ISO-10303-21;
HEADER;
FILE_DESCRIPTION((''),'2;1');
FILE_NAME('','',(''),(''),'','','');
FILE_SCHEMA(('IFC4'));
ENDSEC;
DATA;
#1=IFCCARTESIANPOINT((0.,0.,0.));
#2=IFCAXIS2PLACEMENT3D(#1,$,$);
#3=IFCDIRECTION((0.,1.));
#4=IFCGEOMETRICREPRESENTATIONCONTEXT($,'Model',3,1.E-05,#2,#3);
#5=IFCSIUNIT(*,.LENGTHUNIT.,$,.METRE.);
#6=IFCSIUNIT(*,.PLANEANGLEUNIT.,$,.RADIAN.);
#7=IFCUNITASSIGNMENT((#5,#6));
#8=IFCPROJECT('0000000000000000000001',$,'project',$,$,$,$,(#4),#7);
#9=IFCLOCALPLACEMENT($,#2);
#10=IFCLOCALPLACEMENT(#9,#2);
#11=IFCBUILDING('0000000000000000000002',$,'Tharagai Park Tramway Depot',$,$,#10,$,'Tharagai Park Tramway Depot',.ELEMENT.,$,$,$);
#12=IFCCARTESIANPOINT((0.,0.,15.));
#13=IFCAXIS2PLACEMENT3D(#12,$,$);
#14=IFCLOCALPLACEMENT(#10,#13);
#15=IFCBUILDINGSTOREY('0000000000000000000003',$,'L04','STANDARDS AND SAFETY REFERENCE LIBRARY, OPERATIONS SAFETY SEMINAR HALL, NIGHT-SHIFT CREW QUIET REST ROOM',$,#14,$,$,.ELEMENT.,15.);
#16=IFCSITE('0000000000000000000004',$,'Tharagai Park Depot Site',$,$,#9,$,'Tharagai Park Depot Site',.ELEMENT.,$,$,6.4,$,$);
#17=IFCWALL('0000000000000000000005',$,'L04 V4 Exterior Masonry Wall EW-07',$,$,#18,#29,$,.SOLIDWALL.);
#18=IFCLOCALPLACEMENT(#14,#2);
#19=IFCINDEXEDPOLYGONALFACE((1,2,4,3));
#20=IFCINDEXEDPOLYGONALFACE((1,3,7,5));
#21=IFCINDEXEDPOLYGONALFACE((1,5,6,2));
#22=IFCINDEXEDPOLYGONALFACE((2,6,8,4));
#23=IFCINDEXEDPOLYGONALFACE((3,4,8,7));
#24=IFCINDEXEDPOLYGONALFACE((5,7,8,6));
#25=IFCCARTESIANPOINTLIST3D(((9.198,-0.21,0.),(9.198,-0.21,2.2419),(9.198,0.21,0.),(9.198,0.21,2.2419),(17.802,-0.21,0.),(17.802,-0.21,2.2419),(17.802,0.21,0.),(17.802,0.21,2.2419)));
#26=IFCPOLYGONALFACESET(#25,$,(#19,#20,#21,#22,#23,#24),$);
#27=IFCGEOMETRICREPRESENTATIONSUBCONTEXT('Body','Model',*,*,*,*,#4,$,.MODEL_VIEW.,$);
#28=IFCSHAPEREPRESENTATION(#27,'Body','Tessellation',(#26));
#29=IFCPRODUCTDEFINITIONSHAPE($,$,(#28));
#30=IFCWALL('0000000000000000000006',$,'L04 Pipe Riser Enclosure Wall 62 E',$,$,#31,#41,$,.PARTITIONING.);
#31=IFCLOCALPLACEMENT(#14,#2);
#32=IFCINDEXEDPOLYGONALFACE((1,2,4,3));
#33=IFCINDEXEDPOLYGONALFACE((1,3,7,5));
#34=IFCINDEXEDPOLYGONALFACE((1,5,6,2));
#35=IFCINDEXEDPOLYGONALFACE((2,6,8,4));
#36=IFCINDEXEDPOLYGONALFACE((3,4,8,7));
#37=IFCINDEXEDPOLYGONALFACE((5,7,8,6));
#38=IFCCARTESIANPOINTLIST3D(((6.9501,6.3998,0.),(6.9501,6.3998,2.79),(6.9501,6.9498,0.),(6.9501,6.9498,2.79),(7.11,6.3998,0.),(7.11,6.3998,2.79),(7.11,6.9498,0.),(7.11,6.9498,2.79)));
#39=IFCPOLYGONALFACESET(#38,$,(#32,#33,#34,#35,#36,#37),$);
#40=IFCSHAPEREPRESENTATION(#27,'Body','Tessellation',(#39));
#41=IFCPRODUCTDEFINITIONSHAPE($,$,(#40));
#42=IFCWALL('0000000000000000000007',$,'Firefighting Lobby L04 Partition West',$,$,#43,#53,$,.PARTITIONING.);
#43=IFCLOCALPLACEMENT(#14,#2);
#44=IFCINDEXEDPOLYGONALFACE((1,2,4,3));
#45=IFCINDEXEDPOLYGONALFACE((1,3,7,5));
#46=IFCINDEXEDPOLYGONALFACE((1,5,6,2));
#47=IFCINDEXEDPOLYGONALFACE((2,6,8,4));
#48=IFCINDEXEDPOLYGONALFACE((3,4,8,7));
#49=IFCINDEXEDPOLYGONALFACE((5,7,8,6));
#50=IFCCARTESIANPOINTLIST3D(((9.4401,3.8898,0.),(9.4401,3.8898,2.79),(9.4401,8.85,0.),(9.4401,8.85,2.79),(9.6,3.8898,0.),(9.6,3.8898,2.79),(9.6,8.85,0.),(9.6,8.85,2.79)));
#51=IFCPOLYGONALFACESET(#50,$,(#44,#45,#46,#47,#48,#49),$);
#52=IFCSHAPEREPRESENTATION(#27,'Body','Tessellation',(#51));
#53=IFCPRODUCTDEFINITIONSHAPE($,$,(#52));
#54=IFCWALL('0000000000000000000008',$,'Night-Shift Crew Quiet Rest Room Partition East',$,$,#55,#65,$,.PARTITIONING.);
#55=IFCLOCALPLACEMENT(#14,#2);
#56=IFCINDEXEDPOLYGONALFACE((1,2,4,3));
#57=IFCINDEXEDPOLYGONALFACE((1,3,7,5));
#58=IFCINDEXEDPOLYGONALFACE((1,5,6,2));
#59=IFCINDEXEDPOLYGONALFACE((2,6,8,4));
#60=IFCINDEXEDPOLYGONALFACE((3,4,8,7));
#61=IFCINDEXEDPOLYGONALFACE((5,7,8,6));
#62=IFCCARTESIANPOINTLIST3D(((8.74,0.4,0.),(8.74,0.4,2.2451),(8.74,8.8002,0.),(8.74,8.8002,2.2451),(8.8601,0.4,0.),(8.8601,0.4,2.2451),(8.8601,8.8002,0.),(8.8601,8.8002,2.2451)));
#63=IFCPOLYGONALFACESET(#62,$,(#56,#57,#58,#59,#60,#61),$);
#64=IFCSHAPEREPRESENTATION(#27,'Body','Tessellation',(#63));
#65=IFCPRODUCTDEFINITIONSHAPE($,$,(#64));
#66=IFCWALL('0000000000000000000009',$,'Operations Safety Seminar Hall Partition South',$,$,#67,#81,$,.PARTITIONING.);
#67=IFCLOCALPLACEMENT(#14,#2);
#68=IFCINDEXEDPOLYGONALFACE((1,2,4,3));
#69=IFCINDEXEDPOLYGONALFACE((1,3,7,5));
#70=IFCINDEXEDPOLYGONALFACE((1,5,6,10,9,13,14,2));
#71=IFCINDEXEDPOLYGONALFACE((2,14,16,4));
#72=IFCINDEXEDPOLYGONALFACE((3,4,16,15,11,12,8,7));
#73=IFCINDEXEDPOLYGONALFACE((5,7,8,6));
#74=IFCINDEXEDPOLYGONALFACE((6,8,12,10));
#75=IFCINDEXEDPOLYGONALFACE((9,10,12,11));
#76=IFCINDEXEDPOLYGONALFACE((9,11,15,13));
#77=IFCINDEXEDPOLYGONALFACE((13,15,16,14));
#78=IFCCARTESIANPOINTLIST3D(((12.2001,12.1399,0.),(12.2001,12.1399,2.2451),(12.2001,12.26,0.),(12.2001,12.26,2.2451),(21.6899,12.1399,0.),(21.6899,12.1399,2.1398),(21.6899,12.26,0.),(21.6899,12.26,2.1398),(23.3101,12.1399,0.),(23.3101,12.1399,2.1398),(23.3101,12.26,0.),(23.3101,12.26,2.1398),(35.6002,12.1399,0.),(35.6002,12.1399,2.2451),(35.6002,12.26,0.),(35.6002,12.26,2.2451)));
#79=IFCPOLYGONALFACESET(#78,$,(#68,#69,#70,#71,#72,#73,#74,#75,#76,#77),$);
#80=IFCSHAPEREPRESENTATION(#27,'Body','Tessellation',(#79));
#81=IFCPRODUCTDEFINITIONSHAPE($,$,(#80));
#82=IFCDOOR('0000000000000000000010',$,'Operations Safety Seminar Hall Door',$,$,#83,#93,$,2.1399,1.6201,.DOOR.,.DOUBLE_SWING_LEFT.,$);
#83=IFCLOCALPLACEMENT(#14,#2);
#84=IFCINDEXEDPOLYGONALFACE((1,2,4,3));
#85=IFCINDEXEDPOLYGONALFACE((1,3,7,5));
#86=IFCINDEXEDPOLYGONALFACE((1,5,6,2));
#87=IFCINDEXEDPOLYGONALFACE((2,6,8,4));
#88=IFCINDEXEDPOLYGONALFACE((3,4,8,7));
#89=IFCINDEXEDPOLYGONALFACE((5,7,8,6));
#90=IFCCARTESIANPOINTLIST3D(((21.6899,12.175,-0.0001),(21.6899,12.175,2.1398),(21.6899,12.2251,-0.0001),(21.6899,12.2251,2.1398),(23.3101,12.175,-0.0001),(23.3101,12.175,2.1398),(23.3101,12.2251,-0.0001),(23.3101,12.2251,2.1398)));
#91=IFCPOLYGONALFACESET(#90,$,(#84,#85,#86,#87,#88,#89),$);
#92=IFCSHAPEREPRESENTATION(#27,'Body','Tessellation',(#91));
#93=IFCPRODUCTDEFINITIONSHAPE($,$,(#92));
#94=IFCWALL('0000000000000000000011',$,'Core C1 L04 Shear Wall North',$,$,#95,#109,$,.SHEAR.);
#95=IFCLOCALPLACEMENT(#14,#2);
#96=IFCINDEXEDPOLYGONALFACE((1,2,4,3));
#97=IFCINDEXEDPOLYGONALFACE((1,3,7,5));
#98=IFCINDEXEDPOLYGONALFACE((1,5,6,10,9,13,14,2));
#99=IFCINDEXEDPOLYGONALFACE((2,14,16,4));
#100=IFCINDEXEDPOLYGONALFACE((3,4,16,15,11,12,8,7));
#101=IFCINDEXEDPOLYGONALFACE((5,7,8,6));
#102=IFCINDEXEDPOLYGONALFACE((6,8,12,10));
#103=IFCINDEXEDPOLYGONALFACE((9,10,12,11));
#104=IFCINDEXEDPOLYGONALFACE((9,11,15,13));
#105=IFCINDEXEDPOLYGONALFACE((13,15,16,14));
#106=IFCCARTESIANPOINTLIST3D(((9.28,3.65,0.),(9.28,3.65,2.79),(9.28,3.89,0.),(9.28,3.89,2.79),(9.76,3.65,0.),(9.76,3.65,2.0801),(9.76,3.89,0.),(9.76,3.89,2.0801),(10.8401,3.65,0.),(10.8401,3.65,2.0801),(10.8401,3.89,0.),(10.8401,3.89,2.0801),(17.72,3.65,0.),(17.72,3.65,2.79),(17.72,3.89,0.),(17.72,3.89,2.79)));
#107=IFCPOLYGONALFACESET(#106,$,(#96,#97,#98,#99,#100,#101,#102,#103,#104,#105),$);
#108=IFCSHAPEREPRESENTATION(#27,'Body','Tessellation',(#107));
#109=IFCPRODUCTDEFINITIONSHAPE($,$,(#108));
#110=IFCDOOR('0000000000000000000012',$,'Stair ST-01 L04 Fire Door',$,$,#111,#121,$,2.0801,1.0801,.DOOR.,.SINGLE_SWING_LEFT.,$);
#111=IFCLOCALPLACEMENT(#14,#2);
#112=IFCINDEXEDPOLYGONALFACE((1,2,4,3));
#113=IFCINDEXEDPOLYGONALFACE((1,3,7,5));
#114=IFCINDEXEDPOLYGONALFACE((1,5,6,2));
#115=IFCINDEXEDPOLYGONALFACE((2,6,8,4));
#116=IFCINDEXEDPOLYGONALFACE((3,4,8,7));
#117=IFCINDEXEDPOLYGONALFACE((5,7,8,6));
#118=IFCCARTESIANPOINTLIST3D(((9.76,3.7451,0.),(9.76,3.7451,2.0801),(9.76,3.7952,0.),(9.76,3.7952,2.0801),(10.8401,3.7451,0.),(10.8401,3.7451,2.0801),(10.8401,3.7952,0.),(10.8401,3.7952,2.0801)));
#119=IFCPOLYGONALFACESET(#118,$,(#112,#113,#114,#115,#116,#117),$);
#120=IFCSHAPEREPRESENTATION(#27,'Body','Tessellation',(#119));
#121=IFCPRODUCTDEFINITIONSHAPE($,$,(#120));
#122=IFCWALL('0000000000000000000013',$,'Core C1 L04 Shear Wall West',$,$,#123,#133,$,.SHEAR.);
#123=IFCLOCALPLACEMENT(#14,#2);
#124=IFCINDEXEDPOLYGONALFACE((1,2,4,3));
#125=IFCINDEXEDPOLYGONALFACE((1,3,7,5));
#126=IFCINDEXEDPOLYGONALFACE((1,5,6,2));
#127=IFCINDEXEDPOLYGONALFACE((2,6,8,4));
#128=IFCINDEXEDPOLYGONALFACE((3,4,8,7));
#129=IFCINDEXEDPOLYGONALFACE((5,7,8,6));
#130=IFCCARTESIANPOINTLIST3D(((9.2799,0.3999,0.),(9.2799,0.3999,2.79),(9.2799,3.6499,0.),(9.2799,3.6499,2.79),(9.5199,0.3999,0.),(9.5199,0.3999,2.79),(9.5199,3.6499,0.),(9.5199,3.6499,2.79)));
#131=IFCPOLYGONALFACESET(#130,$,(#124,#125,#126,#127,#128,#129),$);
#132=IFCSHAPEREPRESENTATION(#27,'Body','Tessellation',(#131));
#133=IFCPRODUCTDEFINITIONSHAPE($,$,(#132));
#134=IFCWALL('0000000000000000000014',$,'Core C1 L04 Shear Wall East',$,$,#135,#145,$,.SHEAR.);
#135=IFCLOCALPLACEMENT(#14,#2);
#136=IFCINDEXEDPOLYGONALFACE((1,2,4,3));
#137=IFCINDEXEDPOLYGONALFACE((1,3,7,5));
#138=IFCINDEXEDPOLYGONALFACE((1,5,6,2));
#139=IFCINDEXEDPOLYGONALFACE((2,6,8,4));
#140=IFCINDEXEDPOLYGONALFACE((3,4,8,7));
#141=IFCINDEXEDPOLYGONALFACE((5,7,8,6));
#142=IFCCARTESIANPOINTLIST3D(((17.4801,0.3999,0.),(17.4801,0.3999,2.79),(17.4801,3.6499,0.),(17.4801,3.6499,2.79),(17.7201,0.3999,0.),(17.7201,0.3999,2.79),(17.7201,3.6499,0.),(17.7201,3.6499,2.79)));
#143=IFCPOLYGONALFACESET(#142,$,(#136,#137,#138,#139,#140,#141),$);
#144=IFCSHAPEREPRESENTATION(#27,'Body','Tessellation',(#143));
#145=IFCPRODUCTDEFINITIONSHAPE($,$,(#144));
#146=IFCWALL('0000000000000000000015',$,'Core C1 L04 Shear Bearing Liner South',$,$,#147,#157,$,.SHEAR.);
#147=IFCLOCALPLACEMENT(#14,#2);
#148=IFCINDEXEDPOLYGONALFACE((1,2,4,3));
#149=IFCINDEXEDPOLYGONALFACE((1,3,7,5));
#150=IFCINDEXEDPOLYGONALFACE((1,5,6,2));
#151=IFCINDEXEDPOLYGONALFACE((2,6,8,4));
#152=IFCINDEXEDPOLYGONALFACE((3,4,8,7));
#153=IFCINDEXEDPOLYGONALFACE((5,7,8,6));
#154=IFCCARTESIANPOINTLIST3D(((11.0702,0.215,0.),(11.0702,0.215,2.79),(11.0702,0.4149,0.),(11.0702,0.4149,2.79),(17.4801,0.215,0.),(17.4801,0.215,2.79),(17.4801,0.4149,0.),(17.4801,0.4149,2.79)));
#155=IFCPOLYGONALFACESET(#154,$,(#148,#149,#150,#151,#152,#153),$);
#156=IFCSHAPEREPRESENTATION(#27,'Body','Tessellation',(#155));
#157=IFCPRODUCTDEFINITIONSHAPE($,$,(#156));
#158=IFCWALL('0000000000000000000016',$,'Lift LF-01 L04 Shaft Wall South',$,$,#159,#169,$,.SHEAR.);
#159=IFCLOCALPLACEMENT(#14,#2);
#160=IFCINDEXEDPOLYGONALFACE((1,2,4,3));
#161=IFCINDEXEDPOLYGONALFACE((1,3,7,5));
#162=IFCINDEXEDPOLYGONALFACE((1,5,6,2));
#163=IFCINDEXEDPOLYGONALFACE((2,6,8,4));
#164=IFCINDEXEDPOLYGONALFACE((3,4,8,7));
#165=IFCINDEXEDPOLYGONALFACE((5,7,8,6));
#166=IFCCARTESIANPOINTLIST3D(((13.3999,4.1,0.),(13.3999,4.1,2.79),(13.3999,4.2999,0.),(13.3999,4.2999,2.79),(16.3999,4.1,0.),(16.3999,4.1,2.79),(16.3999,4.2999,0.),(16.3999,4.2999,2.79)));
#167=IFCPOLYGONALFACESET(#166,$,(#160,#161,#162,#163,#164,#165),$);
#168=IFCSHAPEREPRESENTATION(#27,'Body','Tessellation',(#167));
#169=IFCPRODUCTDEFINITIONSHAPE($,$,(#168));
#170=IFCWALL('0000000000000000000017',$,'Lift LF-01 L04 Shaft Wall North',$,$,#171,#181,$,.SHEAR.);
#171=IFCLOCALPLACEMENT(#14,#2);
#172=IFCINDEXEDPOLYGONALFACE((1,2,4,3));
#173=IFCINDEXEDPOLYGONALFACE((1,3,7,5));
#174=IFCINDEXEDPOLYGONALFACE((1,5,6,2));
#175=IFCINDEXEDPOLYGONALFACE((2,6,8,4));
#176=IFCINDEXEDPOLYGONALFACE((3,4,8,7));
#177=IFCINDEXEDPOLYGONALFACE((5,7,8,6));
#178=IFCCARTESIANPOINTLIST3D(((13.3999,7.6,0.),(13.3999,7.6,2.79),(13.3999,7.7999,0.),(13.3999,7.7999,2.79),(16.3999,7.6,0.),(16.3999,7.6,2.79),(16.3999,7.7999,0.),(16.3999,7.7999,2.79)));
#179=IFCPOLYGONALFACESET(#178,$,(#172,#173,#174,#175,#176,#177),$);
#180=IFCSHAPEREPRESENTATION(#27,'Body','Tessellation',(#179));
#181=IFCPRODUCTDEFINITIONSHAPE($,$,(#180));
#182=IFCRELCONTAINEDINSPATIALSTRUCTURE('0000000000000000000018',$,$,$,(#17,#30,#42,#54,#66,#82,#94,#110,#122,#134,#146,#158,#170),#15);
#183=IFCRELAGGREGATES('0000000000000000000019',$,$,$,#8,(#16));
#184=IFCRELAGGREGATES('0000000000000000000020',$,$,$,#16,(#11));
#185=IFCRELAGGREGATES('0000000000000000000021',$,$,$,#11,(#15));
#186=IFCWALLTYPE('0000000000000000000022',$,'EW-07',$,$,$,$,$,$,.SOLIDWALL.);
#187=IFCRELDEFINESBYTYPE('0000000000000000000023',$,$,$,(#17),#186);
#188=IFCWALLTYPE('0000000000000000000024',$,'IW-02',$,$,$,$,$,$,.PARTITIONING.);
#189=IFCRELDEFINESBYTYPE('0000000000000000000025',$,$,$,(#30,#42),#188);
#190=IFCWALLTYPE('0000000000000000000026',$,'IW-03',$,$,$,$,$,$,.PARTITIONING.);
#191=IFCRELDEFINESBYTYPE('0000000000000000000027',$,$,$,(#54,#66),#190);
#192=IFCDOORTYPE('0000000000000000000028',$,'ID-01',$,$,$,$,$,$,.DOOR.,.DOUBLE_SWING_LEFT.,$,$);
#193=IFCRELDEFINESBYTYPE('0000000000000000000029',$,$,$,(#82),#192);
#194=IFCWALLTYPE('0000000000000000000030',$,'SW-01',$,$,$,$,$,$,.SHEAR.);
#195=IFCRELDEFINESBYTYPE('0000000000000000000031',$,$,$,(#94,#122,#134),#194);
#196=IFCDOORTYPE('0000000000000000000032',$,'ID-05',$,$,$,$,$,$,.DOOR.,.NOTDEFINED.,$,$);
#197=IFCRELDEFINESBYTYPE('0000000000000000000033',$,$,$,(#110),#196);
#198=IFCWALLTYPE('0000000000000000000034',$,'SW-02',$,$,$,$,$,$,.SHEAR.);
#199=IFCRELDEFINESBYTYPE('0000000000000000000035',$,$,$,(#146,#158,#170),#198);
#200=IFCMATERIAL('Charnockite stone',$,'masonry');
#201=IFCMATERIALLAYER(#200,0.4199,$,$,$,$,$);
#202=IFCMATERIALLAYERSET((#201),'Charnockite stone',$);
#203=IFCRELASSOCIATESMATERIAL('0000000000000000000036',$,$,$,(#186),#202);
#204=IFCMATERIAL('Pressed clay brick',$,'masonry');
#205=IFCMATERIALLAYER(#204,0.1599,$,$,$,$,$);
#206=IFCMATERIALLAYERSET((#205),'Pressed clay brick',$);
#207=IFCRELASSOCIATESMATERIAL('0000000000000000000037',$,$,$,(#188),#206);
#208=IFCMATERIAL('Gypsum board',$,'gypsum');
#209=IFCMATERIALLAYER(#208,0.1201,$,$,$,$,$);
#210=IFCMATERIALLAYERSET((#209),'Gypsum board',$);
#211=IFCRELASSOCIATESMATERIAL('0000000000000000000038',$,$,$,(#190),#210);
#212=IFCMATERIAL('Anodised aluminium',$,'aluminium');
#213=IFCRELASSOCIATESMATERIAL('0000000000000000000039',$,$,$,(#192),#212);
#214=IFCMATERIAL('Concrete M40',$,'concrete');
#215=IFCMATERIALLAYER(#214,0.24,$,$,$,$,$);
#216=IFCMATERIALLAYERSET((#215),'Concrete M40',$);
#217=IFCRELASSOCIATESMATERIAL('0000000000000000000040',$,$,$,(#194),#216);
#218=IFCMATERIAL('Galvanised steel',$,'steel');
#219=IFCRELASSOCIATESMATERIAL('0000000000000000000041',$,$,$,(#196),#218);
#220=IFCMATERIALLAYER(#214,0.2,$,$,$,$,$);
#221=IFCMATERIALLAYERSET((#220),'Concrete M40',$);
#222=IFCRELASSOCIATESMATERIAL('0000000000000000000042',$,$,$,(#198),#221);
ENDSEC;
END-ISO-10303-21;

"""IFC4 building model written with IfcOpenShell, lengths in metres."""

from ifc_helpers import new_model, si_unit, direction, frame, frame_2d, origin, place, context, subcontext, project, spatial, rectangle, extrude, material, layer, layer_set, type_object, element, fill, save


model = new_model("IFC4")

# Units and contexts
model_context = context("Model", 3, precision=1e-05, world=origin(), true_north=direction((0.0, 1.0)))
body_context = subcontext(model_context, "Body", "Model", "MODEL_VIEW")
ifc_project = project(units=[si_unit("LENGTHUNIT", "METRE"), si_unit("PLANEANGLEUNIT", "RADIAN")], contexts=[model_context])

# Site, building, storey
site_placement = place(None, origin())
site = spatial("IfcSite", under=ifc_project, at=site_placement, Name="Tharagai Park Depot Site", LongName="Tharagai Park Depot Site", CompositionType="ELEMENT", RefElevation=6.4)
building_placement = place(site_placement, origin())
building = spatial("IfcBuilding", under=site, at=building_placement, Name="Tharagai Park Tramway Depot", LongName="Tharagai Park Tramway Depot", CompositionType="ELEMENT")
storey_placement = place(building_placement, frame((0.0, 0.0, 15.0)))
storey = spatial("IfcBuildingStorey", under=building, at=storey_placement, Name="L04", Description="STANDARDS AND SAFETY REFERENCE LIBRARY, OPERATIONS SAFETY SEMINAR HALL, NIGHT-SHIFT CREW QUIET REST ROOM", CompositionType="ELEMENT", Elevation=15.0)

# Shared definitions
ifc_material_1 = material(Name="Concrete M40", Category="concrete")

# Walls
ifc_material_2 = material(Name="Charnockite stone", Category="masonry")
ifc_layer_1 = layer(ifc_material_2, 0.4199)
ifc_layer_set_1 = layer_set([ifc_layer_1], Name="Charnockite stone")
wall_type_1 = type_object("IfcWallType", Name="EW-07", PredefinedType="SOLIDWALL", material=ifc_layer_set_1)
wall_1_placement = place(storey_placement, frame((9.198, 0.0, 0.0), z_axis=(0.0, 0.0, 1.0), x_axis=(1.0, 0.0, 0.0)))
element("IfcWall", 1, at=wall_1_placement, inside=storey, type_object=wall_type_1, Name="L04 V4 Exterior Masonry Wall EW-07", PredefinedType="SOLIDWALL", context=body_context, shape_type="SweptSolid", body=[
    extrude(rectangle(XDim=8.604, YDim=0.4199, at=frame_2d((4.302, 0.0))), origin(), (0.0, 0.0, 1.0), 2.2419),
])
ifc_material_3 = material(Name="Pressed clay brick", Category="masonry")
ifc_layer_2 = layer(ifc_material_3, 0.1599)
ifc_layer_set_2 = layer_set([ifc_layer_2], Name="Pressed clay brick")
wall_type_2 = type_object("IfcWallType", Name="IW-02", PredefinedType="PARTITIONING", material=ifc_layer_set_2)
wall_2_placement = place(storey_placement, frame((7.03, 6.3999, 0.0), z_axis=(0.0, 0.0, 1.0), x_axis=(0.0, 1.0, 0.0)))
element("IfcWall", 2, at=wall_2_placement, inside=storey, type_object=wall_type_2, Name="L04 Pipe Riser Enclosure Wall 62 E", PredefinedType="PARTITIONING", context=body_context, shape_type="SweptSolid", body=[
    extrude(rectangle(XDim=0.55, YDim=0.1599, at=frame_2d((0.2749, 0.0))), origin(), (0.0, 0.0, 1.0), 2.79),
])

# Shared definitions
ifc_material_4 = material(Name="Galvanised steel", Category="steel")

# Walls
wall_3_placement = place(storey_placement, frame((9.52, 3.8899, 0.0), z_axis=(0.0, 0.0, 1.0), x_axis=(0.0, 1.0, 0.0)))
element("IfcWall", 3, at=wall_3_placement, inside=storey, type_object=wall_type_2, Name="Firefighting Lobby L04 Partition West", PredefinedType="PARTITIONING", context=body_context, shape_type="SweptSolid", body=[
    extrude(rectangle(XDim=4.9602, YDim=0.1599, at=frame_2d((2.48, 0.0))), origin(), (0.0, 0.0, 1.0), 2.79),
])
ifc_material_5 = material(Name="Gypsum board", Category="gypsum")
ifc_layer_3 = layer(ifc_material_5, 0.1201)
ifc_layer_set_3 = layer_set([ifc_layer_3], Name="Gypsum board")
wall_type_3 = type_object("IfcWallType", Name="IW-03", PredefinedType="PARTITIONING", material=ifc_layer_set_3)
wall_4_placement = place(storey_placement, frame((8.8, 0.3999, 0.0), z_axis=(0.0, 0.0, 1.0), x_axis=(0.0, 1.0, 0.0)))
element("IfcWall", 4, at=wall_4_placement, inside=storey, type_object=wall_type_3, Name="Night-Shift Crew Quiet Rest Room Partition East", PredefinedType="PARTITIONING", context=body_context, shape_type="SweptSolid", body=[
    extrude(rectangle(XDim=8.4001, YDim=0.1201, at=frame_2d((4.2002, 0.0))), origin(), (0.0, 0.0, 1.0), 2.2451),
])

# Walls, openings, doors
wall_5_placement = place(storey_placement, frame((12.2, 12.2, 0.0), z_axis=(0.0, 0.0, 1.0), x_axis=(1.0, 0.0, 0.0)))
wall_5 = element("IfcWall", 5, at=wall_5_placement, inside=storey, type_object=wall_type_3, Name="Operations Safety Seminar Hall Partition South", PredefinedType="PARTITIONING", context=body_context, shape_type="SweptSolid", body=[
    extrude(rectangle(XDim=23.4001, YDim=0.1201, at=frame_2d((11.7002, 0.0))), origin(), (0.0, 0.0, 1.0), 2.2451),
])
opening_1_placement = place(wall_5_placement, frame((9.49, 0.0, 0.0)))
opening_1 = element("IfcOpeningElement", 6, at=opening_1_placement, cuts=wall_5, PredefinedType="OPENING", context=body_context, shape_type="SweptSolid", body=[
    extrude(rectangle(XDim=1.6201, YDim=2.1399, at=frame_2d((0.8101, 1.0698))), frame((0.0, 0.0701, 0.0), z_axis=(0.0, -1.0, 0.0), x_axis=(1.0, 0.0, 0.0)), (0.0, 0.0, 1.0), 0.1401),
])
ifc_material_6 = material(Name="Anodised aluminium", Category="aluminium")
door_type_1 = type_object("IfcDoorType", Name="ID-01", OperationType="DOUBLE_SWING_LEFT", PredefinedType="DOOR", material=ifc_material_6)
door_1_placement = place(opening_1_placement, frame((1.6201, 0.0, 0.0), z_axis=(0.0, 0.0, 1.0), x_axis=(-1.0, 0.0, 0.0)))
door_1 = element("IfcDoor", 7, at=door_1_placement, inside=storey, type_object=door_type_1, Name="Operations Safety Seminar Hall Door", OperationType="DOUBLE_SWING_LEFT", OverallHeight=2.1399, OverallWidth=1.6201, PredefinedType="DOOR", context=body_context, shape_type="SweptSolid", body=[
    extrude(rectangle(XDim=1.6201, YDim=2.1399, at=frame_2d((0.8101, 1.0698))), frame((0.0, 0.0249, 0.0), z_axis=(0.0, -1.0, 0.0), x_axis=(1.0, 0.0, 0.0)), (0.0, 0.0, 1.0), 0.05),
])
fill(opening_1, door_1)
ifc_layer_4 = layer(ifc_material_1, 0.24)
ifc_layer_set_4 = layer_set([ifc_layer_4], Name="Concrete M40")
wall_type_4 = type_object("IfcWallType", Name="SW-01", PredefinedType="SHEAR", material=ifc_layer_set_4)
wall_6_placement = place(storey_placement, frame((9.28, 3.77, 0.0), z_axis=(0.0, 0.0, 1.0), x_axis=(1.0, 0.0, 0.0)))
wall_6 = element("IfcWall", 8, at=wall_6_placement, inside=storey, type_object=wall_type_4, Name="Core C1 L04 Shear Wall North", PredefinedType="SHEAR", context=body_context, shape_type="SweptSolid", body=[
    extrude(rectangle(XDim=8.4399, YDim=0.24, at=frame_2d((4.22, 0.0))), origin(), (0.0, 0.0, 1.0), 2.79),
])
opening_2_placement = place(wall_6_placement, frame((0.48, 0.0, 0.0)))
opening_2 = element("IfcOpeningElement", 9, at=opening_2_placement, cuts=wall_6, PredefinedType="OPENING", context=body_context, shape_type="SweptSolid", body=[
    extrude(rectangle(XDim=1.0801, YDim=2.0801, at=frame_2d((0.54, 1.04))), frame((0.0, 0.1299, 0.0), z_axis=(0.0, -1.0, 0.0), x_axis=(1.0, 0.0, 0.0)), (0.0, 0.0, 1.0), 0.26),
])
door_type_2 = type_object("IfcDoorType", Name="ID-05", OperationType="NOTDEFINED", PredefinedType="DOOR", material=ifc_material_4)
door_2_placement = place(opening_2_placement, frame((1.0801, 0.0, 0.0), z_axis=(0.0, 0.0, 1.0), x_axis=(-1.0, 0.0, 0.0)))
door_2 = element("IfcDoor", 10, at=door_2_placement, inside=storey, type_object=door_type_2, Name="Stair ST-01 L04 Fire Door", OperationType="SINGLE_SWING_LEFT", OverallHeight=2.0801, OverallWidth=1.0801, PredefinedType="DOOR", context=body_context, shape_type="SweptSolid", body=[
    extrude(rectangle(XDim=1.0801, YDim=2.0801, at=frame_2d((0.54, 1.04))), frame((0.0, 0.0249, 0.0), z_axis=(0.0, -1.0, 0.0), x_axis=(1.0, 0.0, 0.0)), (0.0, 0.0, 1.0), 0.05),
])
fill(opening_2, door_2)

# Walls
for number, where, z_axis, x_axis, name in (
    (11, (9.3999, 0.3999, 0.0), (0.0, 0.0, 1.0), (0.0, 1.0, 0.0), "Core C1 L04 Shear Wall West"),
    (12, (17.6001, 0.3999, 0.0), (0.0, 0.0, 1.0), (0.0, 1.0, 0.0), "Core C1 L04 Shear Wall East"),
):
    element("IfcWall", number, at=place(storey_placement, frame(where, z_axis=z_axis, x_axis=x_axis)), inside=storey, type_object=wall_type_4, Name=name, PredefinedType="SHEAR", context=body_context, shape_type="SweptSolid", body=[
        extrude(rectangle(XDim=3.25, YDim=0.24, at=frame_2d((1.625, 0.0))), origin(), (0.0, 0.0, 1.0), 2.79),
    ])
ifc_layer_5 = layer(ifc_material_1, 0.2)
ifc_layer_set_5 = layer_set([ifc_layer_5], Name="Concrete M40")
wall_type_5 = type_object("IfcWallType", Name="SW-02", PredefinedType="SHEAR", material=ifc_layer_set_5)
wall_7_placement = place(storey_placement, frame((11.0701, 0.3149, 0.0), z_axis=(0.0, 0.0, 1.0), x_axis=(1.0, 0.0, 0.0)))
element("IfcWall", 13, at=wall_7_placement, inside=storey, type_object=wall_type_5, Name="Core C1 L04 Shear Bearing Liner South", PredefinedType="SHEAR", context=body_context, shape_type="SweptSolid", body=[
    extrude(rectangle(XDim=6.4099, YDim=0.2, at=frame_2d((3.2051, 0.0))), origin(), (0.0, 0.0, 1.0), 2.79),
])
for number, where, z_axis, x_axis, name in (
    (14, (13.3999, 4.2, 0.0), (0.0, 0.0, 1.0), (1.0, 0.0, 0.0), "Lift LF-01 L04 Shaft Wall South"),
    (15, (13.3999, 7.7, 0.0), (0.0, 0.0, 1.0), (1.0, 0.0, 0.0), "Lift LF-01 L04 Shaft Wall North"),
):
    element("IfcWall", number, at=place(storey_placement, frame(where, z_axis=z_axis, x_axis=x_axis)), inside=storey, type_object=wall_type_5, Name=name, PredefinedType="SHEAR", context=body_context, shape_type="SweptSolid", body=[
        extrude(rectangle(XDim=3.0, YDim=0.2, at=frame_2d((1.5, 0.0))), origin(), (0.0, 0.0, 1.0), 2.79),
    ])

save(model, "model.ifc")
